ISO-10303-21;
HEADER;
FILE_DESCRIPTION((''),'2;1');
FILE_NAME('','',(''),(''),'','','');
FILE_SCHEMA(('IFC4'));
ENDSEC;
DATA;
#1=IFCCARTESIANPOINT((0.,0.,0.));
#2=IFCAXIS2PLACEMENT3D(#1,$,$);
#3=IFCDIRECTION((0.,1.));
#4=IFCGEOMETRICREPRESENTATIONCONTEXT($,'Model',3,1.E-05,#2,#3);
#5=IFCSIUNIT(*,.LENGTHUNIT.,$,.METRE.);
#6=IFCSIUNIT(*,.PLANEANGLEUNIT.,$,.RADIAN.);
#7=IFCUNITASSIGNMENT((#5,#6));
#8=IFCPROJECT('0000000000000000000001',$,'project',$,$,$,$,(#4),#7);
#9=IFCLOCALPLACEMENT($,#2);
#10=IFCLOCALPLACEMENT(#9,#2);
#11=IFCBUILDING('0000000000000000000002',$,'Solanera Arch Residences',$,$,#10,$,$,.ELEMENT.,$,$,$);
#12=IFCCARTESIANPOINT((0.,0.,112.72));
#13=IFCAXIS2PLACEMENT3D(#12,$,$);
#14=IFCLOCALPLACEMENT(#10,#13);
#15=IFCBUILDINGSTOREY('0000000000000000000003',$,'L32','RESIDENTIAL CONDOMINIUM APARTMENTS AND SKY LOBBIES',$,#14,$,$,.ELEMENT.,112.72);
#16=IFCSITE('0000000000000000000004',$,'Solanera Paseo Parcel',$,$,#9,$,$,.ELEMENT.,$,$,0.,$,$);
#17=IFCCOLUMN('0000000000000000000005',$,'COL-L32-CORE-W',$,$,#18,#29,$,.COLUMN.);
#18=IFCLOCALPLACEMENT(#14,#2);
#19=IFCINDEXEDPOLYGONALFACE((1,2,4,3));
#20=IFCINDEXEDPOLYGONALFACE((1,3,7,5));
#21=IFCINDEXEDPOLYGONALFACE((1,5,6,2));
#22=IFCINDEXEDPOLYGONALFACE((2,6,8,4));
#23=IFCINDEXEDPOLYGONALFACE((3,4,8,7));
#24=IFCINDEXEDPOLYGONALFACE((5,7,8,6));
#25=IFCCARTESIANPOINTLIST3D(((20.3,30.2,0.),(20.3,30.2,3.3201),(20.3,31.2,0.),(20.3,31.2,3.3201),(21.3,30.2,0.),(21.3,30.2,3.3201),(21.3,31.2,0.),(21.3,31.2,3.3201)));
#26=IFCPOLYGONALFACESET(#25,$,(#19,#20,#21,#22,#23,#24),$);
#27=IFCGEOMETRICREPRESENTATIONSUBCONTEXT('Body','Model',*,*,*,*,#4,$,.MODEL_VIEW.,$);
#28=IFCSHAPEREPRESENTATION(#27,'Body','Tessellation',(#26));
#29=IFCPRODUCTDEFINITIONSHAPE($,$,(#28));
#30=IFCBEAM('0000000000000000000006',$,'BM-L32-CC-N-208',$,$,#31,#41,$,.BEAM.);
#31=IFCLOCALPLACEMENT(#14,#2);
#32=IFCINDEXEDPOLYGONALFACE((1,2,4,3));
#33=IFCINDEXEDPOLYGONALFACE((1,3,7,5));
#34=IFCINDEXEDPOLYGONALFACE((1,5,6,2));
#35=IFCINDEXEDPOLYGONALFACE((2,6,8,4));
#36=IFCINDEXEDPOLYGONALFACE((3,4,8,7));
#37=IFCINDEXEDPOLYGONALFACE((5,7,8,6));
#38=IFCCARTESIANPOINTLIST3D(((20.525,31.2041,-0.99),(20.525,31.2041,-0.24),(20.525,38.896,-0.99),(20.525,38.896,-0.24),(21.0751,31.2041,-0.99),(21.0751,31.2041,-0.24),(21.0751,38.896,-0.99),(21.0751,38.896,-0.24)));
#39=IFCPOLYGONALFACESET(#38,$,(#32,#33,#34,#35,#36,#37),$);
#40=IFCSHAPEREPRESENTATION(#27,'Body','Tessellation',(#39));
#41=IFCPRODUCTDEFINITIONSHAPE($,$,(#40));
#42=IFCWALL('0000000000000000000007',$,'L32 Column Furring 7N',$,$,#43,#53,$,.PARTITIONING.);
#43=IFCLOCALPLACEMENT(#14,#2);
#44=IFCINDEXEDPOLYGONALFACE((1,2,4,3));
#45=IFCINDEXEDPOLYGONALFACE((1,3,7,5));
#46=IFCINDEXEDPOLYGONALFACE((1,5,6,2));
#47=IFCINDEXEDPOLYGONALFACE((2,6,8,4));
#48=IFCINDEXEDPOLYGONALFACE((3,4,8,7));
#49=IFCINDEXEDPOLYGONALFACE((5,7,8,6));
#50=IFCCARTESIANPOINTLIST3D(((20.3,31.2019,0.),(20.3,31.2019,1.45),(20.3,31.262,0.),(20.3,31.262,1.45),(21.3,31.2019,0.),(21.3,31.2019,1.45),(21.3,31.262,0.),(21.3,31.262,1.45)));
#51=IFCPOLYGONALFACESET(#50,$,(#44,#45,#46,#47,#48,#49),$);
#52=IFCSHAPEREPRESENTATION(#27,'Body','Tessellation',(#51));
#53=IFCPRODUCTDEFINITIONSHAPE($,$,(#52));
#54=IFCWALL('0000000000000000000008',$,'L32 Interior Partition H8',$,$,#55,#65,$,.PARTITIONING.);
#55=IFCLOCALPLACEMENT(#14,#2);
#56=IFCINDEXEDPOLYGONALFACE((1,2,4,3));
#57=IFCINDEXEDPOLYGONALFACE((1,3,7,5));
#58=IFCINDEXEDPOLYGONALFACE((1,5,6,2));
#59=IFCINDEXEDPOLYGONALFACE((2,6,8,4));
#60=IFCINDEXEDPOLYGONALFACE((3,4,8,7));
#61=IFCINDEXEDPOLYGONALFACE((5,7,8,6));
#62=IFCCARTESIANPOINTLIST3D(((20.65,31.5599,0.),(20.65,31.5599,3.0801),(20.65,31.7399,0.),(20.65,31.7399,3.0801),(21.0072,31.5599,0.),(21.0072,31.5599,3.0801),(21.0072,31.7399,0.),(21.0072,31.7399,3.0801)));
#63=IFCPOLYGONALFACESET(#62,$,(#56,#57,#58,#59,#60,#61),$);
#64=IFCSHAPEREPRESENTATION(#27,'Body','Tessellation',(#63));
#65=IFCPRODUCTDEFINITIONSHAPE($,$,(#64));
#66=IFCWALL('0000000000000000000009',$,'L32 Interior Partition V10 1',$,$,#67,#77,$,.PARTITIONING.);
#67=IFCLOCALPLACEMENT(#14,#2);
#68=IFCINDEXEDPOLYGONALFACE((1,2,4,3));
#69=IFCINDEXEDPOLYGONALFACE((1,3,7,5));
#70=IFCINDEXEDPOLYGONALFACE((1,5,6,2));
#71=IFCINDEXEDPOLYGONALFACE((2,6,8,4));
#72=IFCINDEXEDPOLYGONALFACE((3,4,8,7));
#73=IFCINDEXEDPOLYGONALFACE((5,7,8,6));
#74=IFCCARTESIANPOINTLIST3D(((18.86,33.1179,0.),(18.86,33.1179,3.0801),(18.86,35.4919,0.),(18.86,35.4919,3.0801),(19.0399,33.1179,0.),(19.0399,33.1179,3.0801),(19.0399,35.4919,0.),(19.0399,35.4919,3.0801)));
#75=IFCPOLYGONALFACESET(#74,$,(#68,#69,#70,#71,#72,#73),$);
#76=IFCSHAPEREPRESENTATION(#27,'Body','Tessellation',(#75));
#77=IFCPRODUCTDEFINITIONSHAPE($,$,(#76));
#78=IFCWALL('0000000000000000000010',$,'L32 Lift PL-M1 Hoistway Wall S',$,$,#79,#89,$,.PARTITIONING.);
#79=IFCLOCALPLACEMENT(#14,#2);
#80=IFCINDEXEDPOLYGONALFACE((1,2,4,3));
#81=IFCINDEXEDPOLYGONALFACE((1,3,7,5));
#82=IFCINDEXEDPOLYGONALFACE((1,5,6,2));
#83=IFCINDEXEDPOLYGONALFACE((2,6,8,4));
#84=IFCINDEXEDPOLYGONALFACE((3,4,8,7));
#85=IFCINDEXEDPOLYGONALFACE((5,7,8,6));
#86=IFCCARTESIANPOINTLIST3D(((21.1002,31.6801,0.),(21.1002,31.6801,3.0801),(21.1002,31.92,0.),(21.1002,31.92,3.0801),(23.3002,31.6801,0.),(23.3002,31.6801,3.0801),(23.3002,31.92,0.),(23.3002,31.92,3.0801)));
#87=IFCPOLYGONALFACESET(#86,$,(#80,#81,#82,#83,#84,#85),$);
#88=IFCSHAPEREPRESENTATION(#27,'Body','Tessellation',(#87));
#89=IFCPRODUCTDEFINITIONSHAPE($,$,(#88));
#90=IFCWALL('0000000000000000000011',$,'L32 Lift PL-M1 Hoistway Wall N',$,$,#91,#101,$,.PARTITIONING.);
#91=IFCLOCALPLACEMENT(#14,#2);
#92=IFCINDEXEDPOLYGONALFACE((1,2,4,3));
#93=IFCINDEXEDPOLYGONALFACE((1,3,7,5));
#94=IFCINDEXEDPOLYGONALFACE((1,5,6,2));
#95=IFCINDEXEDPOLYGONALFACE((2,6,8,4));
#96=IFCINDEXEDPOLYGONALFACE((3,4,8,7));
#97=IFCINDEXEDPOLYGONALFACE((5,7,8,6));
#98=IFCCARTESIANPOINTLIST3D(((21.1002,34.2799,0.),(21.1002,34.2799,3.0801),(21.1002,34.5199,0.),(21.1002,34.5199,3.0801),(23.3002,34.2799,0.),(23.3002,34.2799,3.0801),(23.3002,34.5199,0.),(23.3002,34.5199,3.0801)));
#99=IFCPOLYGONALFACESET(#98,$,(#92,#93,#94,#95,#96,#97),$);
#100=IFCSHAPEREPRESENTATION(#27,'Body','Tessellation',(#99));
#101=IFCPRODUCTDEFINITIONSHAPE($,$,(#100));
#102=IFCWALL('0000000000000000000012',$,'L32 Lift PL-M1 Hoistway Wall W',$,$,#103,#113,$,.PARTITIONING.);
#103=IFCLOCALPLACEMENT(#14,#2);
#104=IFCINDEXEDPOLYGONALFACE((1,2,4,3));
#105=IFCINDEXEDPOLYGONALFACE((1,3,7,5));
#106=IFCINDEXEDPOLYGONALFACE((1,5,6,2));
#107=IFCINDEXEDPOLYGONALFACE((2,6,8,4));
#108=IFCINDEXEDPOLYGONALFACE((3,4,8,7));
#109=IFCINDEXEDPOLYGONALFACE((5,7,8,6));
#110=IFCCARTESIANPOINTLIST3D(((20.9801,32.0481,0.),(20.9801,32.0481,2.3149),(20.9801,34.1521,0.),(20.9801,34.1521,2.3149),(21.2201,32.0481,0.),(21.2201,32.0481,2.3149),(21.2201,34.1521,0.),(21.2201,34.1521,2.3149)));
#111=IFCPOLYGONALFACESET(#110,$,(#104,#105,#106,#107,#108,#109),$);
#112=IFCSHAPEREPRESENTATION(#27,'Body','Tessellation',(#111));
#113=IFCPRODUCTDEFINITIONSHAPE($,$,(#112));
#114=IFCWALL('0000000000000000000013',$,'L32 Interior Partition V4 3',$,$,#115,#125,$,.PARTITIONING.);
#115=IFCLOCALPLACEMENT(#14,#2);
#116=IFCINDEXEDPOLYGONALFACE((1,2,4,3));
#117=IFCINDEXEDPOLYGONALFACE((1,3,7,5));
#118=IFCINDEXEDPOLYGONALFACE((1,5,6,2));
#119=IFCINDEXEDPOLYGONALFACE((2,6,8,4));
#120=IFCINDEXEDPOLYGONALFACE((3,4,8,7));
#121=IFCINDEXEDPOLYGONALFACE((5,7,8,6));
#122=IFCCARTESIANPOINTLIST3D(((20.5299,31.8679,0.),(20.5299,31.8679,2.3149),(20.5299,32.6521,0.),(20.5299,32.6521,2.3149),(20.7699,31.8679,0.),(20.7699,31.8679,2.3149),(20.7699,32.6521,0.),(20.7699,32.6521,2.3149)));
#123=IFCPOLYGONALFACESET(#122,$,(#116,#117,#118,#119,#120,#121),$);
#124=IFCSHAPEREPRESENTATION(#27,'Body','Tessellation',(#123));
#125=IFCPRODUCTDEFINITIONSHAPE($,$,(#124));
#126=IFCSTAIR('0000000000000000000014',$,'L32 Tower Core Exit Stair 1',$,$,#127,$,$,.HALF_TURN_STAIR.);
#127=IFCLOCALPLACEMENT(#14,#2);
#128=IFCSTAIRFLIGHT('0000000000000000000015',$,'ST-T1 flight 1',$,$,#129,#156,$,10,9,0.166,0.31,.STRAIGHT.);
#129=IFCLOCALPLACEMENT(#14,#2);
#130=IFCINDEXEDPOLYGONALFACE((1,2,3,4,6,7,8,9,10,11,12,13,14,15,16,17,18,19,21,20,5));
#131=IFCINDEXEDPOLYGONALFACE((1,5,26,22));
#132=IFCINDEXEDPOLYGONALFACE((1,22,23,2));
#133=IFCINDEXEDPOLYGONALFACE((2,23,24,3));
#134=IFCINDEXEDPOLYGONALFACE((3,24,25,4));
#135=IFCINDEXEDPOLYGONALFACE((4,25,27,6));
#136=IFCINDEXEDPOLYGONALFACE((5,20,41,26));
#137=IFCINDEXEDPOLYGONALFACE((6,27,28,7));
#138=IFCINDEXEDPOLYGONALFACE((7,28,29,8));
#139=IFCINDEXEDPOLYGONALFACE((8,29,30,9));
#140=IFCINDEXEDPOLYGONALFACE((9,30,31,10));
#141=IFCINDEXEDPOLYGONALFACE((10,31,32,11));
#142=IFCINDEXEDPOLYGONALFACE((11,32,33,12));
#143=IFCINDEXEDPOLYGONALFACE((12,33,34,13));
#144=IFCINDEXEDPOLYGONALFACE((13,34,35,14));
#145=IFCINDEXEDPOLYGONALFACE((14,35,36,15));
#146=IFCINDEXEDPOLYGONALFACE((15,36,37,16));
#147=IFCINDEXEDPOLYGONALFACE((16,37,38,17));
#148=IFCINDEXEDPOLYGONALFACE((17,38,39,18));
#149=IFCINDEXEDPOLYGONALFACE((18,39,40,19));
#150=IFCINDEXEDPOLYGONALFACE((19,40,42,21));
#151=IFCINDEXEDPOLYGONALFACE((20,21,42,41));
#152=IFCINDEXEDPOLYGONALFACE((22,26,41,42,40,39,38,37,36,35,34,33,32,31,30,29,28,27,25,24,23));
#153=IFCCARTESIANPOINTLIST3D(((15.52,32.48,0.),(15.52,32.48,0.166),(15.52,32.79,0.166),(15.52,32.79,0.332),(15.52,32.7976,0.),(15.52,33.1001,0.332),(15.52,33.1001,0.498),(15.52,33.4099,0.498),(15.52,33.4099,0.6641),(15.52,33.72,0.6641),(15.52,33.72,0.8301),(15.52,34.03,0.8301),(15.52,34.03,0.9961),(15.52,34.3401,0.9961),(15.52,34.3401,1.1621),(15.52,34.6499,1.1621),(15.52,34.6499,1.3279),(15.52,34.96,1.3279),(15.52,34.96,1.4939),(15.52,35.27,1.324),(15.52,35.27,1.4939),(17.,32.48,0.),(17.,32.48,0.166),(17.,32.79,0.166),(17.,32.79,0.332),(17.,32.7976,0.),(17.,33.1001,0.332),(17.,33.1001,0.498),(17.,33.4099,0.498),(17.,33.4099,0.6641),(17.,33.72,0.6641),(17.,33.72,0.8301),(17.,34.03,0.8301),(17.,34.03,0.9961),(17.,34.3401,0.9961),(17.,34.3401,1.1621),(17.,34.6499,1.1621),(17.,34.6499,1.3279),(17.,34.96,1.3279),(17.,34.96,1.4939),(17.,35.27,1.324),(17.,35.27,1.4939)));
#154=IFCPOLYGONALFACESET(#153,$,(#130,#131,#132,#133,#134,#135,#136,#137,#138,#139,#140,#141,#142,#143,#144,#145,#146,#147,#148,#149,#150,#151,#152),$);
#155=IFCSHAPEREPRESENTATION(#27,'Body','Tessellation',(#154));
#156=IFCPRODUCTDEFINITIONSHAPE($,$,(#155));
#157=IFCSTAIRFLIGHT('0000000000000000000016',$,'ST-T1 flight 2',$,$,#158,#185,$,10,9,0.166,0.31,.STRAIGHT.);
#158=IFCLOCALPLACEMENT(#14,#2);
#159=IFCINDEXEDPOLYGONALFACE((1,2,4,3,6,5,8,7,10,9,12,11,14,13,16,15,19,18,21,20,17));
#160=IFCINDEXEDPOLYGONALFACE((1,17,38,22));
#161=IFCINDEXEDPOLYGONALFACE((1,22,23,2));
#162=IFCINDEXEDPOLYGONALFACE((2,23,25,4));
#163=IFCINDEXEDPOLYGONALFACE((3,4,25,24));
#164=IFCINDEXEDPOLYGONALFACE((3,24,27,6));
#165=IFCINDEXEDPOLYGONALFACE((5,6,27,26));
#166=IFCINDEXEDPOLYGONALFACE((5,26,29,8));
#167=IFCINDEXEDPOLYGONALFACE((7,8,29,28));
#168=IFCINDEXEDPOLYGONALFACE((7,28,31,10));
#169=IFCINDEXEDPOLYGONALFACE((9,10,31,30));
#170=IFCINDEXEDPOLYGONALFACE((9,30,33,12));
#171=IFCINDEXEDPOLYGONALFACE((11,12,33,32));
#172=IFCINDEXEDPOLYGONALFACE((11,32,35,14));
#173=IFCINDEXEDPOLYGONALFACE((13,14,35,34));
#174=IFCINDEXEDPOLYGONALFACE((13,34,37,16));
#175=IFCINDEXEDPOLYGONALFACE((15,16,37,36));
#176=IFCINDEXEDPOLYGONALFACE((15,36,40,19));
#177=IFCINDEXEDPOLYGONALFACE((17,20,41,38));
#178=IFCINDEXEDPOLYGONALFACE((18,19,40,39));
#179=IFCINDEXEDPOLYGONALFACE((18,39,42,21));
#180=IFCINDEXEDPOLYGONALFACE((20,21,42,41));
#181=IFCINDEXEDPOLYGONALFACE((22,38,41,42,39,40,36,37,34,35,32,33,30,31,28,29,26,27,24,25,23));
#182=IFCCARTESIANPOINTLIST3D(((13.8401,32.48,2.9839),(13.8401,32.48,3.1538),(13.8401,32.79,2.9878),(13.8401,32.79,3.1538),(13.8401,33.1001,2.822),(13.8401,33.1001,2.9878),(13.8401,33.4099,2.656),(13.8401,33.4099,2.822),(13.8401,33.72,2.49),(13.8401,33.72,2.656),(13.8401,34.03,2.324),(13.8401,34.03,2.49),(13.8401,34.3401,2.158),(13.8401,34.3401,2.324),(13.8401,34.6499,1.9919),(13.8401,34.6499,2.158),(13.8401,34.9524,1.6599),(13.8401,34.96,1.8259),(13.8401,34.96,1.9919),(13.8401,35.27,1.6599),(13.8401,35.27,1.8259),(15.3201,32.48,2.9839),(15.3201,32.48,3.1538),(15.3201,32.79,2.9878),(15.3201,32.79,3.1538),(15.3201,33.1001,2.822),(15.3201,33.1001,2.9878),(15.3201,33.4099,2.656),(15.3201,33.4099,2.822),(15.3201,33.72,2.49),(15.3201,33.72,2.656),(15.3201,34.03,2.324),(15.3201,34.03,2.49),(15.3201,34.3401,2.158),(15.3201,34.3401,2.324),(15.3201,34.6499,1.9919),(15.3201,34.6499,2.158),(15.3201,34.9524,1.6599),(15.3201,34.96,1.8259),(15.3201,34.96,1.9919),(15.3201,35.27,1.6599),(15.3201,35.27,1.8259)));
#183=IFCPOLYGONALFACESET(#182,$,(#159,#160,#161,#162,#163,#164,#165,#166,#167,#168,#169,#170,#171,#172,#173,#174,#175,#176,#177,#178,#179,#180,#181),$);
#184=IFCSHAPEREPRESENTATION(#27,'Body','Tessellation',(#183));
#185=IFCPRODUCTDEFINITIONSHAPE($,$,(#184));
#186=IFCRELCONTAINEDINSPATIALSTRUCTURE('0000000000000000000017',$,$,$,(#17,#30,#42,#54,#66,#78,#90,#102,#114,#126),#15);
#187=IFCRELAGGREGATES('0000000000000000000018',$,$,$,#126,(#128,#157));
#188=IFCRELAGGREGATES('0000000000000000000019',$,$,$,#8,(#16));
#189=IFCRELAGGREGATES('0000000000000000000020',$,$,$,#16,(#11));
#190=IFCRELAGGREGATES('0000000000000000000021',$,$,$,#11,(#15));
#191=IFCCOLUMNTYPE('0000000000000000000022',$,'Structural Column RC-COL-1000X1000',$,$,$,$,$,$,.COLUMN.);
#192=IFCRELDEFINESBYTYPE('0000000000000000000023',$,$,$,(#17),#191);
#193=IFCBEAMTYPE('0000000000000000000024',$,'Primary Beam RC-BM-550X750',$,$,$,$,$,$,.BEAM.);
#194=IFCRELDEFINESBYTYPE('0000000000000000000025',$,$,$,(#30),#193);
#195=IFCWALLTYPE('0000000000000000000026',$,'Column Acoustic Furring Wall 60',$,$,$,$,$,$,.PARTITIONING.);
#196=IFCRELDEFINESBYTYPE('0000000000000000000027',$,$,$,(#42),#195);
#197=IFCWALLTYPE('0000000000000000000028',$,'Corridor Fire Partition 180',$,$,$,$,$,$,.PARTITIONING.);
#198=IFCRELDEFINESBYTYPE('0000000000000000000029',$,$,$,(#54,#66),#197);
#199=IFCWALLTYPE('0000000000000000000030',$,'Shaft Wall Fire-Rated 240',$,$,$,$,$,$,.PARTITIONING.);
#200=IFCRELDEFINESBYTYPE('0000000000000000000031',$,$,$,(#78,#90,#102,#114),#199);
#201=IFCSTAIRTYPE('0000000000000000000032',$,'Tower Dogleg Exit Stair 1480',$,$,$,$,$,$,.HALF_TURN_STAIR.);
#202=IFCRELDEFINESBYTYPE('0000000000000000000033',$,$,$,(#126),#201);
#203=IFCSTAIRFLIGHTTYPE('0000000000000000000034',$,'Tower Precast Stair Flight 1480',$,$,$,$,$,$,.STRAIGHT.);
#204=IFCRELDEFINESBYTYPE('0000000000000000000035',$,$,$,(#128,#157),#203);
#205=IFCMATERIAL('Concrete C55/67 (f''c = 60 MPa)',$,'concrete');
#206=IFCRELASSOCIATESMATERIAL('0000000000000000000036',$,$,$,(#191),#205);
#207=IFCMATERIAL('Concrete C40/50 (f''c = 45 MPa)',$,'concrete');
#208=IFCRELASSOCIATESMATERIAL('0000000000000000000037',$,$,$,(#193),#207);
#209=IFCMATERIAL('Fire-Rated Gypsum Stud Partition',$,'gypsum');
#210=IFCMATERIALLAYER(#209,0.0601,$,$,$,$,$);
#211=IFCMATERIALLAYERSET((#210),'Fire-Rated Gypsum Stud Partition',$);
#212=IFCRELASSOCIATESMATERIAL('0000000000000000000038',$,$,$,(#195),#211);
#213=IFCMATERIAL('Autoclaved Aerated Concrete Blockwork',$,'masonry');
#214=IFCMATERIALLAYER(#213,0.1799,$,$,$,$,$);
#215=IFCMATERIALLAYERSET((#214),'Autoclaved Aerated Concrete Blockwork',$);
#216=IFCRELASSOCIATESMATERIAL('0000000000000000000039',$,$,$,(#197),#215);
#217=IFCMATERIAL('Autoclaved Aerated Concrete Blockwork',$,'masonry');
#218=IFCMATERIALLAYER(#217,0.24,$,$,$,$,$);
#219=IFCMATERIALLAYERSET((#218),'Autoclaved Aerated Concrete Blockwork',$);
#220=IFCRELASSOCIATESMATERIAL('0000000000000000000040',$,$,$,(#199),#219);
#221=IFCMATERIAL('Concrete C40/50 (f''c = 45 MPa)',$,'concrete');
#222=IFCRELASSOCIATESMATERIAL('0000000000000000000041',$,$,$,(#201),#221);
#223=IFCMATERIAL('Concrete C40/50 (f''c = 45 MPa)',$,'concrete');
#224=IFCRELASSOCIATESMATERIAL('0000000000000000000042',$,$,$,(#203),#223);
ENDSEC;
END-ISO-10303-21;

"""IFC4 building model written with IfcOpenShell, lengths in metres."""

from ifc_helpers import new_model, si_unit, direction, frame, frame_2d, origin, origin_2d, place, context, subcontext, project, spatial, polyline, rectangle, outline, extrude, material, layer, layer_set, material_profile, profile_set, type_object, element, aggregate, save


model = new_model("IFC4")

# Units and contexts
model_context = context("Model", 3, precision=1e-05, world=origin(), true_north=direction((0.0, 1.0)))
body_context = subcontext(model_context, "Body", "Model", "MODEL_VIEW")
ifc_project = project(units=[si_unit("LENGTHUNIT", "METRE"), si_unit("PLANEANGLEUNIT", "RADIAN")], contexts=[model_context])

# Site, building, storey
site_placement = place(None, origin())
site = spatial("IfcSite", under=ifc_project, at=site_placement, Name="Solanera Paseo Parcel", CompositionType="ELEMENT", RefElevation=0.0)
building_placement = place(site_placement, origin())
building = spatial("IfcBuilding", under=site, at=building_placement, Name="Solanera Arch Residences", CompositionType="ELEMENT")
storey_placement = place(building_placement, frame((0.0, 0.0, 112.72)))
storey = spatial("IfcBuildingStorey", under=building, at=storey_placement, Name="L32", Description="RESIDENTIAL CONDOMINIUM APARTMENTS AND SKY LOBBIES", CompositionType="ELEMENT", Elevation=112.72)

# Column
ifc_material_1 = material(Name="Concrete C55/67 (f'c = 60 MPa)", Category="concrete")
ifc_material_profile_1 = material_profile(ifc_material_1, rectangle(XDim=1.0, YDim=1.0, at=origin_2d()))
ifc_profile_set_1 = profile_set([ifc_material_profile_1], Name="Concrete C55/67 (f'c = 60 MPa)")
column_type = type_object("IfcColumnType", Name="Structural Column RC-COL-1000X1000", PredefinedType="COLUMN", material=ifc_profile_set_1)
column_placement = place(storey_placement, frame((20.8, 30.7, 0.0), z_axis=(0.0, 0.0, 1.0), x_axis=(1.0, 0.0, 0.0)))
element("IfcColumn", 1, at=column_placement, inside=storey, type_object=column_type, Name="COL-L32-CORE-W", PredefinedType="COLUMN", context=body_context, shape_type="SweptSolid", body=[
    extrude(rectangle(XDim=1.0, YDim=1.0, at=origin_2d()), origin(), (0.0, 0.0, 1.0), 3.3201),
])

# Beam
ifc_material_2 = material(Name="Concrete C40/50 (f'c = 45 MPa)", Category="concrete")
ifc_material_profile_2 = material_profile(ifc_material_2, rectangle(XDim=0.55, YDim=0.75, at=origin_2d()))
ifc_profile_set_2 = profile_set([ifc_material_profile_2], Name="Concrete C40/50 (f'c = 45 MPa)")
beam_type = type_object("IfcBeamType", Name="Primary Beam RC-BM-550X750", PredefinedType="BEAM", material=ifc_profile_set_2)
beam_placement = place(storey_placement, frame((20.8, 31.2041, -0.615), z_axis=(0.0, 1.0, 0.0), x_axis=(-1.0, 0.0, 0.0)))
element("IfcBeam", 2, at=beam_placement, inside=storey, type_object=beam_type, Name="BM-L32-CC-N-208", PredefinedType="BEAM", context=body_context, shape_type="SweptSolid", body=[
    extrude(rectangle(XDim=0.55, YDim=0.75, at=origin_2d()), origin(), (0.0, 0.0, 1.0), 7.6919),
])

# Wall
ifc_material_3 = material(Name="Fire-Rated Gypsum Stud Partition", Category="gypsum")
ifc_layer_1 = layer(ifc_material_3, 0.0601)
ifc_layer_set_1 = layer_set([ifc_layer_1], Name="Fire-Rated Gypsum Stud Partition")
wall_type_1 = type_object("IfcWallType", Name="Column Acoustic Furring Wall 60", PredefinedType="PARTITIONING", material=ifc_layer_set_1)
wall_1_placement = place(storey_placement, frame((20.3, 31.2319, 0.0), z_axis=(0.0, 0.0, 1.0), x_axis=(1.0, 0.0, 0.0)))
element("IfcWall", 3, at=wall_1_placement, inside=storey, type_object=wall_type_1, Name="L32 Column Furring 7N", PredefinedType="PARTITIONING", context=body_context, shape_type="SweptSolid", body=[
    extrude(rectangle(XDim=1.0, YDim=0.0601, at=frame_2d((0.5, 0.0))), origin(), (0.0, 0.0, 1.0), 1.45),
])

# Walls
ifc_material_4 = material(Name="Autoclaved Aerated Concrete Blockwork", Category="masonry")
ifc_layer_2 = layer(ifc_material_4, 0.1799)
ifc_layer_set_2 = layer_set([ifc_layer_2], Name="Autoclaved Aerated Concrete Blockwork")
wall_type_2 = type_object("IfcWallType", Name="Corridor Fire Partition 180", PredefinedType="PARTITIONING", material=ifc_layer_set_2)
wall_2_placement = place(storey_placement, frame((20.6499, 31.6499, 0.0), z_axis=(0.0, 0.0, 1.0), x_axis=(1.0, 0.0, 0.0)))
element("IfcWall", 4, at=wall_2_placement, inside=storey, type_object=wall_type_2, Name="L32 Interior Partition H8", PredefinedType="PARTITIONING", context=body_context, shape_type="SweptSolid", body=[
    extrude(rectangle(XDim=0.3572, YDim=0.1799, at=frame_2d((0.1787, 0.0))), origin(), (0.0, 0.0, 1.0), 3.0801),
])
wall_3_placement = place(storey_placement, frame((18.95, 33.1179, 0.0), z_axis=(0.0, 0.0, 1.0), x_axis=(0.0, 1.0, 0.0)))
element("IfcWall", 5, at=wall_3_placement, inside=storey, type_object=wall_type_2, Name="L32 Interior Partition V10 1", PredefinedType="PARTITIONING", context=body_context, shape_type="SweptSolid", body=[
    extrude(rectangle(XDim=2.374, YDim=0.1799, at=frame_2d((1.187, 0.0))), origin(), (0.0, 0.0, 1.0), 3.0801),
])
ifc_material_5 = material(Name="Autoclaved Aerated Concrete Blockwork", Category="masonry")
ifc_layer_3 = layer(ifc_material_5, 0.24)
ifc_layer_set_3 = layer_set([ifc_layer_3], Name="Autoclaved Aerated Concrete Blockwork")
wall_type_3 = type_object("IfcWallType", Name="Shaft Wall Fire-Rated 240", PredefinedType="PARTITIONING", material=ifc_layer_set_3)
for number, where, z_axis, x_axis, name in (
    (6, (21.1001, 31.8, 0.0), (0.0, 0.0, 1.0), (1.0, 0.0, 0.0), "L32 Lift PL-M1 Hoistway Wall S"),
    (7, (21.1001, 34.3999, 0.0), (0.0, 0.0, 1.0), (1.0, 0.0, 0.0), "L32 Lift PL-M1 Hoistway Wall N"),
):
    element("IfcWall", number, at=place(storey_placement, frame(where, z_axis=z_axis, x_axis=x_axis)), inside=storey, type_object=wall_type_3, Name=name, PredefinedType="PARTITIONING", context=body_context, shape_type="SweptSolid", body=[
        extrude(rectangle(XDim=2.2, YDim=0.24, at=frame_2d((1.1001, 0.0))), origin(), (0.0, 0.0, 1.0), 3.0801),
    ])
wall_4_placement = place(storey_placement, frame((21.1001, 32.0481, 0.0), z_axis=(0.0, 0.0, 1.0), x_axis=(0.0, 1.0, 0.0)))
element("IfcWall", 8, at=wall_4_placement, inside=storey, type_object=wall_type_3, Name="L32 Lift PL-M1 Hoistway Wall W", PredefinedType="PARTITIONING", context=body_context, shape_type="SweptSolid", body=[
    extrude(rectangle(XDim=2.104, YDim=0.24, at=frame_2d((1.052, 0.0))), origin(), (0.0, 0.0, 1.0), 2.3149),
])

# Wall
wall_5_placement = place(storey_placement, frame((20.6499, 31.8679, 0.0), z_axis=(0.0, 0.0, 1.0), x_axis=(0.0, 1.0, 0.0)))
element("IfcWall", 9, at=wall_5_placement, inside=storey, type_object=wall_type_3, Name="L32 Interior Partition V4 3", PredefinedType="PARTITIONING", context=body_context, shape_type="SweptSolid", body=[
    extrude(rectangle(XDim=0.7842, YDim=0.24, at=frame_2d((0.3921, 0.0))), origin(), (0.0, 0.0, 1.0), 2.3149),
])

# Stair, stair flights
ifc_material_6 = material(Name="Concrete C40/50 (f'c = 45 MPa)", Category="concrete")
stair_type = type_object("IfcStairType", Name="Tower Dogleg Exit Stair 1480", PredefinedType="HALF_TURN_STAIR", material=ifc_material_6)
stair_placement = place(storey_placement, origin())
stair = element("IfcStair", 10, at=stair_placement, inside=storey, type_object=stair_type, Name="L32 Tower Core Exit Stair 1", PredefinedType="HALF_TURN_STAIR")
ifc_material_7 = material(Name="Concrete C40/50 (f'c = 45 MPa)", Category="concrete")
stair_flight_type = type_object("IfcStairFlightType", Name="Tower Precast Stair Flight 1480", PredefinedType="STRAIGHT", material=ifc_material_7)
stair_flight_1_placement = place(storey_placement, frame((16.26, 32.48, 0.0), z_axis=(0.0, 0.0, 1.0), x_axis=(0.0, 1.0, 0.0)))
stair_flight_1 = element("IfcStairFlight", 11, at=stair_flight_1_placement, type_object=stair_flight_type, Name="ST-T1 flight 1", NumberOfRisers=10, NumberOfTreads=9, PredefinedType="STRAIGHT", RiserHeight=0.166, TreadLength=0.31, context=body_context, shape_type="SweptSolid", body=[
    extrude(outline(polyline([(0.0, 0.0), (0.0, 0.166), (0.3101, 0.166), (0.3101, 0.332), (0.6201, 0.332), (0.6201, 0.498), (0.9299, 0.498), (0.9299, 0.6641), (1.24, 0.6641), (1.24, 0.8301), (1.55, 0.8301), (1.55, 0.9961), (1.8601, 0.9961), (1.8601, 1.1621), (2.1699, 1.1621), (2.1699, 1.3279), (2.48, 1.3279), (2.48, 1.4939), (2.79, 1.4939), (2.79, 1.6599), (2.79, 1.324), (0.3176, 0.0), (0.0, 0.0)])), frame((0.0, 0.74, 0.0), z_axis=(0.0, -1.0, 0.0), x_axis=(1.0, 0.0, 0.0)), (0.0, 0.0, 1.0), 1.48),
])
stair_flight_2_placement = place(storey_placement, frame((14.5801, 35.27, 1.6599), z_axis=(0.0, 0.0, 1.0), x_axis=(0.0, -1.0, 0.0)))
stair_flight_2 = element("IfcStairFlight", 12, at=stair_flight_2_placement, type_object=stair_flight_type, Name="ST-T1 flight 2", NumberOfRisers=10, NumberOfTreads=9, PredefinedType="STRAIGHT", RiserHeight=0.166, TreadLength=0.31, context=body_context, shape_type="SweptSolid", body=[
    extrude(outline(polyline([(0.0, 0.0), (0.0, 0.166), (0.3101, 0.166), (0.3101, 0.332), (0.6201, 0.332), (0.6201, 0.498), (0.9299, 0.498), (0.9299, 0.6641), (1.24, 0.6641), (1.24, 0.8301), (1.55, 0.8301), (1.55, 0.9961), (1.8601, 0.9961), (1.8601, 1.1621), (2.1699, 1.1621), (2.1699, 1.3279), (2.48, 1.3279), (2.48, 1.4939), (2.79, 1.4939), (2.79, 1.6599), (2.79, 1.324), (0.3176, 0.0), (0.0, 0.0)])), frame((0.0, 0.74, 0.0), z_axis=(0.0, -1.0, 0.0), x_axis=(1.0, 0.0, 0.0)), (0.0, 0.0, 1.0), 1.48),
])
aggregate(stair, [stair_flight_1, stair_flight_2])

save(model, "model.ifc")
